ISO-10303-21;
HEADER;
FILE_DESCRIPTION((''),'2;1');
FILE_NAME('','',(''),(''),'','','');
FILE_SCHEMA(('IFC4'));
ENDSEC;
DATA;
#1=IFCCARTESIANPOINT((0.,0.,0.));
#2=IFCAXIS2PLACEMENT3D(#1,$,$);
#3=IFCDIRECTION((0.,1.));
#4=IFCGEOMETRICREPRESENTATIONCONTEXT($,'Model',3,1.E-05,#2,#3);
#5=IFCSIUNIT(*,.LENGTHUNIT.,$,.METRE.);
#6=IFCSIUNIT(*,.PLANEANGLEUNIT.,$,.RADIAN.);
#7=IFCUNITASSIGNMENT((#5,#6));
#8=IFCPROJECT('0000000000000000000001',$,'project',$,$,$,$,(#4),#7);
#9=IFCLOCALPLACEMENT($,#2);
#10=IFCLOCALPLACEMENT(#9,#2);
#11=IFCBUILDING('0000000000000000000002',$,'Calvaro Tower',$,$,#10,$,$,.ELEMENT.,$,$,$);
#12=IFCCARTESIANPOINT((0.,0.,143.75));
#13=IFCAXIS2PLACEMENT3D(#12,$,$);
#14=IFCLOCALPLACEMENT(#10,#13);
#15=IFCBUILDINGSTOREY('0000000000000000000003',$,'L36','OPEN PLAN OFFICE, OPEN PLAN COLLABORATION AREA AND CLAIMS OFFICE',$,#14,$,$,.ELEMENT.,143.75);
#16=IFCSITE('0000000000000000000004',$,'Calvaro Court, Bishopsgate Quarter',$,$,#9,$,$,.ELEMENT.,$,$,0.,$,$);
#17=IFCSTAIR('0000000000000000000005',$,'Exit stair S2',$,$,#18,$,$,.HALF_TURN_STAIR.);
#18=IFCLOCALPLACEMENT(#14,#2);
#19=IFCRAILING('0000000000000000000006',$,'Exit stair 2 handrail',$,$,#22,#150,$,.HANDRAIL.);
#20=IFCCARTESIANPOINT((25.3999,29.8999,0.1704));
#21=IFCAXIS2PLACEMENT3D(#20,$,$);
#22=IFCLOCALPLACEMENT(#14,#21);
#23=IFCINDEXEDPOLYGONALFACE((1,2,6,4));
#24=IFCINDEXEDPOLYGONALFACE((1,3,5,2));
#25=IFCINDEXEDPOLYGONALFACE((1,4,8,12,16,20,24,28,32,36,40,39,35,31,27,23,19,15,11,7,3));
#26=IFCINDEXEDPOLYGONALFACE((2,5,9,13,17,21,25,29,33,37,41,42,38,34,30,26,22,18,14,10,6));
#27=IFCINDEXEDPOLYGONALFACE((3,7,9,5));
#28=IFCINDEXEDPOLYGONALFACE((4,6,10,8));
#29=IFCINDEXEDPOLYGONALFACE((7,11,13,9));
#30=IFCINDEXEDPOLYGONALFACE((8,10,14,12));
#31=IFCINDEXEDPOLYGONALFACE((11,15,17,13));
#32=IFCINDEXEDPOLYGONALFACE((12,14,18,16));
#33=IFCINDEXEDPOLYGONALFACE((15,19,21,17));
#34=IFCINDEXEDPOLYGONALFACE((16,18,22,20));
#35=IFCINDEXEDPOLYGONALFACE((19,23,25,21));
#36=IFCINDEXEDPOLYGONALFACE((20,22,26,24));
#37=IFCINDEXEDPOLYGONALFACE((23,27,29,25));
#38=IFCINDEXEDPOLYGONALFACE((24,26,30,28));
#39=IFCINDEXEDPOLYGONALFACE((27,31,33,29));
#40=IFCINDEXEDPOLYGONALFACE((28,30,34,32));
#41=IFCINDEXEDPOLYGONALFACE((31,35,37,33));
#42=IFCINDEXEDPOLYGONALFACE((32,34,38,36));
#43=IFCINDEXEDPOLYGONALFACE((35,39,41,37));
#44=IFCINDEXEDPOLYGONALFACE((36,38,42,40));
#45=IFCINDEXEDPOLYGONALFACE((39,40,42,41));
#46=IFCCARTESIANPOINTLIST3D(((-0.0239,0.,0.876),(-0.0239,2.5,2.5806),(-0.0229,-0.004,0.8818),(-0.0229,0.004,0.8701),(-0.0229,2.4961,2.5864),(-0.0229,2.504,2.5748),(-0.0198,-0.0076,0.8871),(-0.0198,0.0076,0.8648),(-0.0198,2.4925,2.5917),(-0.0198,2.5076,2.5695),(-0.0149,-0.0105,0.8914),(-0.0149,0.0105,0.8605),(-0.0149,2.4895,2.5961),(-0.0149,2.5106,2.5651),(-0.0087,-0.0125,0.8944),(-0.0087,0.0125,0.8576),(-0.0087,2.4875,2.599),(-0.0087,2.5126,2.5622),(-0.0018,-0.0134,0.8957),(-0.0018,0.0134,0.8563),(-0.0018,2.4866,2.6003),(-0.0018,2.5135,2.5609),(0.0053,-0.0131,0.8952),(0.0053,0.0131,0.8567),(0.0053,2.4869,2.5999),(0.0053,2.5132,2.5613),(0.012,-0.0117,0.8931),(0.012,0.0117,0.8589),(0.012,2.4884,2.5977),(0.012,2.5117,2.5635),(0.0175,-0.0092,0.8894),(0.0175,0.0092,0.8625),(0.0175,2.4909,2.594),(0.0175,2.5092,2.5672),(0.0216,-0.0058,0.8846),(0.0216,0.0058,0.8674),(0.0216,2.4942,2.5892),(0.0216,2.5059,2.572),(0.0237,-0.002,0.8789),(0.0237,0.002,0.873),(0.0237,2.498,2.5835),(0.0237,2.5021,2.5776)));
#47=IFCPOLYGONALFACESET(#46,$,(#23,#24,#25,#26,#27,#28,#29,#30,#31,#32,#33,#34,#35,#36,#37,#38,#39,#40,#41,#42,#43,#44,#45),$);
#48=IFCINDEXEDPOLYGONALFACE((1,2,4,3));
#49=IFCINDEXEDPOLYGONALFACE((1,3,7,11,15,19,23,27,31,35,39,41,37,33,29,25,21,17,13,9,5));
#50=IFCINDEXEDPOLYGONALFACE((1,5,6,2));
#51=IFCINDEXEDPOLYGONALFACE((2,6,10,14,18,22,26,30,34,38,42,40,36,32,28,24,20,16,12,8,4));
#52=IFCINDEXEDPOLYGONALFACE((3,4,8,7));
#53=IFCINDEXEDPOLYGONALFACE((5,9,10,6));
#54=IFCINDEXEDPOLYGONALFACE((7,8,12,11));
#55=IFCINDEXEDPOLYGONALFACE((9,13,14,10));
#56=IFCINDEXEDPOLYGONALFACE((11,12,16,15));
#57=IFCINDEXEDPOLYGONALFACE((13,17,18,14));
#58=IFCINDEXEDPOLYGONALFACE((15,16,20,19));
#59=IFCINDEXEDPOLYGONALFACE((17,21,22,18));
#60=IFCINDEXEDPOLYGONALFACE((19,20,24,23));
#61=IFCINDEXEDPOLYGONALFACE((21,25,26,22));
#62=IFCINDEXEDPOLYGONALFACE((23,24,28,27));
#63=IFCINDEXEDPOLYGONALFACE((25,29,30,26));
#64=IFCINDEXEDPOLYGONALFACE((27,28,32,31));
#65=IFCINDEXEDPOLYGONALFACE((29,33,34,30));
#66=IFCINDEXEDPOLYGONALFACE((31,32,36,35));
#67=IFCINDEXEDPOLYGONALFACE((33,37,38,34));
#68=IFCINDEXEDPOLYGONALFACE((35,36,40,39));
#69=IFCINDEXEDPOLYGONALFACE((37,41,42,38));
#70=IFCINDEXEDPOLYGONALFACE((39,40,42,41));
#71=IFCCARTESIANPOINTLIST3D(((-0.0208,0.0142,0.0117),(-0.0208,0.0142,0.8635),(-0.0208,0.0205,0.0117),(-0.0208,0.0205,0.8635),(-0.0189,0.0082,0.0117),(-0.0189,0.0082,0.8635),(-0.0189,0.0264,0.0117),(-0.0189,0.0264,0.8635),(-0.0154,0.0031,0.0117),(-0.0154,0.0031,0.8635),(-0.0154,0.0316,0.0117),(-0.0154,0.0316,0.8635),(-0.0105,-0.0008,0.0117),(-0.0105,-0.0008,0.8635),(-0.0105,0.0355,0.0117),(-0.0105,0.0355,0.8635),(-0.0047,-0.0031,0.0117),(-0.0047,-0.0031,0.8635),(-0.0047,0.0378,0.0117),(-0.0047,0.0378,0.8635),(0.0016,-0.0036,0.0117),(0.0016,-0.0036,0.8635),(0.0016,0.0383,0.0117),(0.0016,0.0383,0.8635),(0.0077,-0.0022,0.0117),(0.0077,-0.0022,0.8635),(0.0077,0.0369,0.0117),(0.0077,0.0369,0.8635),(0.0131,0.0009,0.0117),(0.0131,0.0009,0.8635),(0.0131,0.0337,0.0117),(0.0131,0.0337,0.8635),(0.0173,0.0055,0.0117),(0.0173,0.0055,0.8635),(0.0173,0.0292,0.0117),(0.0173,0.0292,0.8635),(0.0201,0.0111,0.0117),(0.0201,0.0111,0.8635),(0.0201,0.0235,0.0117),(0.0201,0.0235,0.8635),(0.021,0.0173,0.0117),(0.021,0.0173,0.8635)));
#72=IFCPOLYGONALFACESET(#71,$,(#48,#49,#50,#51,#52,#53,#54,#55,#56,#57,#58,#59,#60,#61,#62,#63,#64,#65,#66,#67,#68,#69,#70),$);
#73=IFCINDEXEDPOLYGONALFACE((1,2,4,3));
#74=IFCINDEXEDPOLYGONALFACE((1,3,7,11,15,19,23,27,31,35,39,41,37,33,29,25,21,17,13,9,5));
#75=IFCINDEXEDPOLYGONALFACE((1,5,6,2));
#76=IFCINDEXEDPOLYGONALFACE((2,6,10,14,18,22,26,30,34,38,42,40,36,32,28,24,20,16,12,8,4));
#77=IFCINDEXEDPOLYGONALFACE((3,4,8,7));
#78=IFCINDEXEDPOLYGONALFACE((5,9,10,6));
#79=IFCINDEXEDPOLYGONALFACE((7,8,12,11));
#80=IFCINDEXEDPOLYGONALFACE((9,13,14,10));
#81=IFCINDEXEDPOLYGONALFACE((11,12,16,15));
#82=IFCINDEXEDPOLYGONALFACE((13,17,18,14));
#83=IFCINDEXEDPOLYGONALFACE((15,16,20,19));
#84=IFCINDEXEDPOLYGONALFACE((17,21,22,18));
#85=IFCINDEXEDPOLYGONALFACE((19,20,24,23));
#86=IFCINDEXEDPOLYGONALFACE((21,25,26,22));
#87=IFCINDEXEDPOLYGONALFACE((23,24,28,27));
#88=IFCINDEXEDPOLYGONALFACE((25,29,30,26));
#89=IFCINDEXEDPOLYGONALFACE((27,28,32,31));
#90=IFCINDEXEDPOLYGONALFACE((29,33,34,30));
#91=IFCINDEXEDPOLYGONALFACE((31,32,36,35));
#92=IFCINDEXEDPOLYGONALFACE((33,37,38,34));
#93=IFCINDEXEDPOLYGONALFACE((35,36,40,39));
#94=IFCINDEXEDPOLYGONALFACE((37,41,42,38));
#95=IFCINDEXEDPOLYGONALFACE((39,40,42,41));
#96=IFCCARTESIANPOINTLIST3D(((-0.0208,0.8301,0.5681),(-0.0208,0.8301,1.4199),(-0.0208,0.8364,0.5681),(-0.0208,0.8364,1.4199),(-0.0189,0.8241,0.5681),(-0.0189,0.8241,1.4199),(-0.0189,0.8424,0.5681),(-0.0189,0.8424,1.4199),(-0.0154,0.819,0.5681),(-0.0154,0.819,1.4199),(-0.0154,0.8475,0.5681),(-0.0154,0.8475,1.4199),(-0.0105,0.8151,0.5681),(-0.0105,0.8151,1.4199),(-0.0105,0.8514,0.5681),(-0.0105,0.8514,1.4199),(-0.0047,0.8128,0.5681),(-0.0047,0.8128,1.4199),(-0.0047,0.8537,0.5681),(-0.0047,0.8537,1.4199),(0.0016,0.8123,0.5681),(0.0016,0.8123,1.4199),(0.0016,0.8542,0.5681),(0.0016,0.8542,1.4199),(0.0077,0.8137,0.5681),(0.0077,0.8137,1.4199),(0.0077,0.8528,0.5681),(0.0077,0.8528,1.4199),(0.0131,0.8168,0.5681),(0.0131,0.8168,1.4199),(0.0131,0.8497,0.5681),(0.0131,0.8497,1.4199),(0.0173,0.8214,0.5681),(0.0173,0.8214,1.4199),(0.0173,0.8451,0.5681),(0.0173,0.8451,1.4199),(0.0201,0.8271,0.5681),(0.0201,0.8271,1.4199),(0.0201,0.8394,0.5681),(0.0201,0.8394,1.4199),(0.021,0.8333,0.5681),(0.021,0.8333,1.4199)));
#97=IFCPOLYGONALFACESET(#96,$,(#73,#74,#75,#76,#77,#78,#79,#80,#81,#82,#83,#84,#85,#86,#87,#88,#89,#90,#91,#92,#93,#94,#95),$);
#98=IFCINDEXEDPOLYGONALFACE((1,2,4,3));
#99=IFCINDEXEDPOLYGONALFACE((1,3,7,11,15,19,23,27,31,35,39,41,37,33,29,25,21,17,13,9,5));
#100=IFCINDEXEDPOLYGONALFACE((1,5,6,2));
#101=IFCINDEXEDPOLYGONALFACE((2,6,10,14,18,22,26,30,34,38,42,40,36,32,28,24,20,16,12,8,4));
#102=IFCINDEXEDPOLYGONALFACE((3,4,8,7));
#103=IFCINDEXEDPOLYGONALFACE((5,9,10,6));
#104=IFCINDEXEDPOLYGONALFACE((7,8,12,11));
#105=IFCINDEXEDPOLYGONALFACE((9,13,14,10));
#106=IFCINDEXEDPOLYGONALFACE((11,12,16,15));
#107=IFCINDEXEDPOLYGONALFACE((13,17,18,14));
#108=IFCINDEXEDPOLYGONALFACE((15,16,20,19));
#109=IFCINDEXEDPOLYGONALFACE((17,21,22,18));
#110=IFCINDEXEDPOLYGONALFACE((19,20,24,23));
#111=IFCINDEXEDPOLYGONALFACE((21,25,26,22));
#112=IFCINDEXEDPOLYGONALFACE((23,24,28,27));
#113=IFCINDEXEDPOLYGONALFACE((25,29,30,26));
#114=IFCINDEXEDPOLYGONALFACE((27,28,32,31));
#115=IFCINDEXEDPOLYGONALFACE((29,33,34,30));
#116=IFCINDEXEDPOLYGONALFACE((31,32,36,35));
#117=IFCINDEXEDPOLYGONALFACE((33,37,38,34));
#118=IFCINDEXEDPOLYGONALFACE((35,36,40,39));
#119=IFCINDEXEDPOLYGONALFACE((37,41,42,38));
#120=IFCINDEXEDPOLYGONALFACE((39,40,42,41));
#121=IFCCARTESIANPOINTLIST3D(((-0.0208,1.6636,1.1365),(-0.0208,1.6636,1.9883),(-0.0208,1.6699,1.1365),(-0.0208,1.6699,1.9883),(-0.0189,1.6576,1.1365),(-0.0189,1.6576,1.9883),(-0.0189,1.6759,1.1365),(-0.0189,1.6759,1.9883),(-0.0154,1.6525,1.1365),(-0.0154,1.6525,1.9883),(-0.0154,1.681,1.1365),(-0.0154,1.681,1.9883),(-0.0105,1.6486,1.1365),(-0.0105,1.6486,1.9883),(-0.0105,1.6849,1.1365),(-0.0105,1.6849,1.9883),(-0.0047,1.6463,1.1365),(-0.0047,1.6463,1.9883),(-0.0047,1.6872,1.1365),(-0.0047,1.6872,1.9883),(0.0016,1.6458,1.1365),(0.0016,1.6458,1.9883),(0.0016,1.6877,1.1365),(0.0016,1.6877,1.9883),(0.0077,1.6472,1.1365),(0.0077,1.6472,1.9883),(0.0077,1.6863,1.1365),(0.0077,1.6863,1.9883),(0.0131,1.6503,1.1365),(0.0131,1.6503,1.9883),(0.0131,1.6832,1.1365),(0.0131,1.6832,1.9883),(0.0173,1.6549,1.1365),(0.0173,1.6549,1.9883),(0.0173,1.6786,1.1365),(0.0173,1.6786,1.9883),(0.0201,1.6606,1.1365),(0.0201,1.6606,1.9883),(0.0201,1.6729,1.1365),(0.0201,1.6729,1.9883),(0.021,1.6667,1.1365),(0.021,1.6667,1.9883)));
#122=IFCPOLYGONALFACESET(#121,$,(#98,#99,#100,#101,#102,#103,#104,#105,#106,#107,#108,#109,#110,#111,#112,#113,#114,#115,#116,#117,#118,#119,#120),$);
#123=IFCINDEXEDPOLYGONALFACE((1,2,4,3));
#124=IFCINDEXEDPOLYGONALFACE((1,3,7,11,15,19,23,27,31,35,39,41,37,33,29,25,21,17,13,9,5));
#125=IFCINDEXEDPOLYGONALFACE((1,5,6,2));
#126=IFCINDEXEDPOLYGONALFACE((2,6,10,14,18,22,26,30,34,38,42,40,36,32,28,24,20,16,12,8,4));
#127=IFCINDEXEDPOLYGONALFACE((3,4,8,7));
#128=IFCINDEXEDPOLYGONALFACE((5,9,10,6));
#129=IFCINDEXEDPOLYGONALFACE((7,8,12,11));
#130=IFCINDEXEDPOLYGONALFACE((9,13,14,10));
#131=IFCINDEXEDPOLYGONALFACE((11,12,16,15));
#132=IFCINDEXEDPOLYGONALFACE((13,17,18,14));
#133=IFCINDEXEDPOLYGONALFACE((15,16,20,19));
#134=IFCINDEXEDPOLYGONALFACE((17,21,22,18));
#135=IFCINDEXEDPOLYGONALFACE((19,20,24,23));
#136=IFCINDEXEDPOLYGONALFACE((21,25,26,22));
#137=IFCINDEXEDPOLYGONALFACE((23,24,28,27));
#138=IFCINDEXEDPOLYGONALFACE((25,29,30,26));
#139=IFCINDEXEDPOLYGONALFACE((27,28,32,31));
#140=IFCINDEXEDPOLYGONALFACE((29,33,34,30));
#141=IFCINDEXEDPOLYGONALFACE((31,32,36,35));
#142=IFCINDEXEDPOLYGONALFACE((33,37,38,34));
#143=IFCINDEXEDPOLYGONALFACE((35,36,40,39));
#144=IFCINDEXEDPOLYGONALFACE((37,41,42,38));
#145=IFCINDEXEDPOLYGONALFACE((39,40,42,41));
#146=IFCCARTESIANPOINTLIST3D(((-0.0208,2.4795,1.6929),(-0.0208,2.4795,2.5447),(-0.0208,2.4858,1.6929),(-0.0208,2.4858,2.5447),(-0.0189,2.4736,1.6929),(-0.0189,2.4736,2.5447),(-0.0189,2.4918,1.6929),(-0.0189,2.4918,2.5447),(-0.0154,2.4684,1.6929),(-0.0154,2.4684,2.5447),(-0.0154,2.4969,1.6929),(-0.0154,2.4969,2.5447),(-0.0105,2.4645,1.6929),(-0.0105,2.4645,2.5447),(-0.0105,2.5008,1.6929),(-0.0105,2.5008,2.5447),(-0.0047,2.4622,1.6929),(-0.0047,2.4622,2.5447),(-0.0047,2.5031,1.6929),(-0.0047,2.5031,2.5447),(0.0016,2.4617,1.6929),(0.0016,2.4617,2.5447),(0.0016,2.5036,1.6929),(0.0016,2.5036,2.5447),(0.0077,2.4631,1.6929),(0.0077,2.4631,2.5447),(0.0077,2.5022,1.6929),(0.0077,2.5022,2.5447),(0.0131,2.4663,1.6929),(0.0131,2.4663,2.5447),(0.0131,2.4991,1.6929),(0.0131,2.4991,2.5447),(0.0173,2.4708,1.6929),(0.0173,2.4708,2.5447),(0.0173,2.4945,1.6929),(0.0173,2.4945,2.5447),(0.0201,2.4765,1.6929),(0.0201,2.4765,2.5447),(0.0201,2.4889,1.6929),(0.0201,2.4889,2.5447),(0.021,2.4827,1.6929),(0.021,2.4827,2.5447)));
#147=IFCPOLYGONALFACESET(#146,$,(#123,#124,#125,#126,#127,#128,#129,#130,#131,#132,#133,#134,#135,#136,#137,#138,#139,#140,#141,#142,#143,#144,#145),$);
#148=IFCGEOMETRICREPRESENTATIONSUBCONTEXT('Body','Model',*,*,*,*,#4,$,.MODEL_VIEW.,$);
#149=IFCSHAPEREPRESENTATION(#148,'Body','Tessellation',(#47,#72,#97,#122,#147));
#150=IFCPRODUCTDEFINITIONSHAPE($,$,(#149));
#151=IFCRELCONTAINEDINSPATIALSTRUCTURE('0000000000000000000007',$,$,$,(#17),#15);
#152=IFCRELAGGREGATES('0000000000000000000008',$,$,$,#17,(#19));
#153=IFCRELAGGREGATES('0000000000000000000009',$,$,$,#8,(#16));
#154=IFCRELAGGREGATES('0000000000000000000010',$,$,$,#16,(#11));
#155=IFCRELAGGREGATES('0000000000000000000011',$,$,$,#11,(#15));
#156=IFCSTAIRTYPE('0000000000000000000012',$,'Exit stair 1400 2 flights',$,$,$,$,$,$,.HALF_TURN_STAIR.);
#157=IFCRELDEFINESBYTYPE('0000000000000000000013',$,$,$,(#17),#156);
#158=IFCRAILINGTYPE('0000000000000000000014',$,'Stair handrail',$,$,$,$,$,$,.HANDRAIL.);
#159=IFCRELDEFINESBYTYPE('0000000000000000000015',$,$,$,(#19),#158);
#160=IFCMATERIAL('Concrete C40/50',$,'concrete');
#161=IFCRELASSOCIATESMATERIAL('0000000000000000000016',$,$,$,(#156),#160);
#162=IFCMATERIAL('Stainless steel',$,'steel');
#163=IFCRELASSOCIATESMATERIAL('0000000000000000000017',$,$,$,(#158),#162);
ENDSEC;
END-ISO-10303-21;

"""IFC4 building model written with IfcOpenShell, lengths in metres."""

from ifc_helpers import new_model, si_unit, direction, frame, origin, origin_2d, place, context, subcontext, project, spatial, circle, extrude, material, type_object, element, aggregate, save


model = new_model("IFC4")

# Units and contexts
model_context = context("Model", 3, precision=1e-05, world=origin(), true_north=direction((0.0, 1.0)))
body_context = subcontext(model_context, "Body", "Model", "MODEL_VIEW")
ifc_project = project(units=[si_unit("LENGTHUNIT", "METRE"), si_unit("PLANEANGLEUNIT", "RADIAN")], contexts=[model_context])

# Site, building, storey
site_placement = place(None, origin())
site = spatial("IfcSite", under=ifc_project, at=site_placement, Name="Calvaro Court, Bishopsgate Quarter", CompositionType="ELEMENT", RefElevation=0.0)
building_placement = place(site_placement, origin())
building = spatial("IfcBuilding", under=site, at=building_placement, Name="Calvaro Tower", CompositionType="ELEMENT")
storey_placement = place(building_placement, frame((0.0, 0.0, 143.75)))
storey = spatial("IfcBuildingStorey", under=building, at=storey_placement, Name="L36", Description="OPEN PLAN OFFICE, OPEN PLAN COLLABORATION AREA AND CLAIMS OFFICE", CompositionType="ELEMENT", Elevation=143.75)

# Stair, railing
ifc_material_1 = material(Name="Concrete C40/50", Category="concrete")
stair_type = type_object("IfcStairType", Name="Exit stair 1400 2 flights", PredefinedType="HALF_TURN_STAIR", material=ifc_material_1)
stair_placement = place(storey_placement, origin())
stair = element("IfcStair", 1, at=stair_placement, inside=storey, type_object=stair_type, Name="Exit stair S2", PredefinedType="HALF_TURN_STAIR")
ifc_material_2 = material(Name="Stainless steel", Category="steel")
railing_type = type_object("IfcRailingType", Name="Stair handrail", PredefinedType="HANDRAIL", material=ifc_material_2)
railing_1_placement = place(storey_placement, frame((25.3999, 29.8999, 0.1704)))
railing_1 = element("IfcRailing", 2, at=railing_1_placement, type_object=railing_type, Name="Exit stair 2 handrail", PredefinedType="HANDRAIL", context=body_context, shape_type="SweptSolid", body=[
    extrude(circle(Radius=0.0239, at=origin_2d()), frame((0.0, 0.0, 0.876), z_axis=(0.0, 0.826221, 0.563347), x_axis=(-1.0, 0.0, 0.0)), (0.0, 0.0, 1.0), 3.0259),
    extrude(circle(Radius=0.021, at=origin_2d()), frame((0.0, 0.0173, 0.0117)), (0.0, 0.0, 1.0), 0.8518),
    extrude(circle(Radius=0.021, at=origin_2d()), frame((0.0, 0.8333, 0.5681)), (0.0, 0.0, 1.0), 0.8518),
    extrude(circle(Radius=0.021, at=origin_2d()), frame((0.0, 1.6667, 1.1365)), (0.0, 0.0, 1.0), 0.8518),
    extrude(circle(Radius=0.021, at=origin_2d()), frame((0.0, 2.4827, 1.6929)), (0.0, 0.0, 1.0), 0.8518),
])
aggregate(stair, [railing_1])

save(model, "model.ifc")
